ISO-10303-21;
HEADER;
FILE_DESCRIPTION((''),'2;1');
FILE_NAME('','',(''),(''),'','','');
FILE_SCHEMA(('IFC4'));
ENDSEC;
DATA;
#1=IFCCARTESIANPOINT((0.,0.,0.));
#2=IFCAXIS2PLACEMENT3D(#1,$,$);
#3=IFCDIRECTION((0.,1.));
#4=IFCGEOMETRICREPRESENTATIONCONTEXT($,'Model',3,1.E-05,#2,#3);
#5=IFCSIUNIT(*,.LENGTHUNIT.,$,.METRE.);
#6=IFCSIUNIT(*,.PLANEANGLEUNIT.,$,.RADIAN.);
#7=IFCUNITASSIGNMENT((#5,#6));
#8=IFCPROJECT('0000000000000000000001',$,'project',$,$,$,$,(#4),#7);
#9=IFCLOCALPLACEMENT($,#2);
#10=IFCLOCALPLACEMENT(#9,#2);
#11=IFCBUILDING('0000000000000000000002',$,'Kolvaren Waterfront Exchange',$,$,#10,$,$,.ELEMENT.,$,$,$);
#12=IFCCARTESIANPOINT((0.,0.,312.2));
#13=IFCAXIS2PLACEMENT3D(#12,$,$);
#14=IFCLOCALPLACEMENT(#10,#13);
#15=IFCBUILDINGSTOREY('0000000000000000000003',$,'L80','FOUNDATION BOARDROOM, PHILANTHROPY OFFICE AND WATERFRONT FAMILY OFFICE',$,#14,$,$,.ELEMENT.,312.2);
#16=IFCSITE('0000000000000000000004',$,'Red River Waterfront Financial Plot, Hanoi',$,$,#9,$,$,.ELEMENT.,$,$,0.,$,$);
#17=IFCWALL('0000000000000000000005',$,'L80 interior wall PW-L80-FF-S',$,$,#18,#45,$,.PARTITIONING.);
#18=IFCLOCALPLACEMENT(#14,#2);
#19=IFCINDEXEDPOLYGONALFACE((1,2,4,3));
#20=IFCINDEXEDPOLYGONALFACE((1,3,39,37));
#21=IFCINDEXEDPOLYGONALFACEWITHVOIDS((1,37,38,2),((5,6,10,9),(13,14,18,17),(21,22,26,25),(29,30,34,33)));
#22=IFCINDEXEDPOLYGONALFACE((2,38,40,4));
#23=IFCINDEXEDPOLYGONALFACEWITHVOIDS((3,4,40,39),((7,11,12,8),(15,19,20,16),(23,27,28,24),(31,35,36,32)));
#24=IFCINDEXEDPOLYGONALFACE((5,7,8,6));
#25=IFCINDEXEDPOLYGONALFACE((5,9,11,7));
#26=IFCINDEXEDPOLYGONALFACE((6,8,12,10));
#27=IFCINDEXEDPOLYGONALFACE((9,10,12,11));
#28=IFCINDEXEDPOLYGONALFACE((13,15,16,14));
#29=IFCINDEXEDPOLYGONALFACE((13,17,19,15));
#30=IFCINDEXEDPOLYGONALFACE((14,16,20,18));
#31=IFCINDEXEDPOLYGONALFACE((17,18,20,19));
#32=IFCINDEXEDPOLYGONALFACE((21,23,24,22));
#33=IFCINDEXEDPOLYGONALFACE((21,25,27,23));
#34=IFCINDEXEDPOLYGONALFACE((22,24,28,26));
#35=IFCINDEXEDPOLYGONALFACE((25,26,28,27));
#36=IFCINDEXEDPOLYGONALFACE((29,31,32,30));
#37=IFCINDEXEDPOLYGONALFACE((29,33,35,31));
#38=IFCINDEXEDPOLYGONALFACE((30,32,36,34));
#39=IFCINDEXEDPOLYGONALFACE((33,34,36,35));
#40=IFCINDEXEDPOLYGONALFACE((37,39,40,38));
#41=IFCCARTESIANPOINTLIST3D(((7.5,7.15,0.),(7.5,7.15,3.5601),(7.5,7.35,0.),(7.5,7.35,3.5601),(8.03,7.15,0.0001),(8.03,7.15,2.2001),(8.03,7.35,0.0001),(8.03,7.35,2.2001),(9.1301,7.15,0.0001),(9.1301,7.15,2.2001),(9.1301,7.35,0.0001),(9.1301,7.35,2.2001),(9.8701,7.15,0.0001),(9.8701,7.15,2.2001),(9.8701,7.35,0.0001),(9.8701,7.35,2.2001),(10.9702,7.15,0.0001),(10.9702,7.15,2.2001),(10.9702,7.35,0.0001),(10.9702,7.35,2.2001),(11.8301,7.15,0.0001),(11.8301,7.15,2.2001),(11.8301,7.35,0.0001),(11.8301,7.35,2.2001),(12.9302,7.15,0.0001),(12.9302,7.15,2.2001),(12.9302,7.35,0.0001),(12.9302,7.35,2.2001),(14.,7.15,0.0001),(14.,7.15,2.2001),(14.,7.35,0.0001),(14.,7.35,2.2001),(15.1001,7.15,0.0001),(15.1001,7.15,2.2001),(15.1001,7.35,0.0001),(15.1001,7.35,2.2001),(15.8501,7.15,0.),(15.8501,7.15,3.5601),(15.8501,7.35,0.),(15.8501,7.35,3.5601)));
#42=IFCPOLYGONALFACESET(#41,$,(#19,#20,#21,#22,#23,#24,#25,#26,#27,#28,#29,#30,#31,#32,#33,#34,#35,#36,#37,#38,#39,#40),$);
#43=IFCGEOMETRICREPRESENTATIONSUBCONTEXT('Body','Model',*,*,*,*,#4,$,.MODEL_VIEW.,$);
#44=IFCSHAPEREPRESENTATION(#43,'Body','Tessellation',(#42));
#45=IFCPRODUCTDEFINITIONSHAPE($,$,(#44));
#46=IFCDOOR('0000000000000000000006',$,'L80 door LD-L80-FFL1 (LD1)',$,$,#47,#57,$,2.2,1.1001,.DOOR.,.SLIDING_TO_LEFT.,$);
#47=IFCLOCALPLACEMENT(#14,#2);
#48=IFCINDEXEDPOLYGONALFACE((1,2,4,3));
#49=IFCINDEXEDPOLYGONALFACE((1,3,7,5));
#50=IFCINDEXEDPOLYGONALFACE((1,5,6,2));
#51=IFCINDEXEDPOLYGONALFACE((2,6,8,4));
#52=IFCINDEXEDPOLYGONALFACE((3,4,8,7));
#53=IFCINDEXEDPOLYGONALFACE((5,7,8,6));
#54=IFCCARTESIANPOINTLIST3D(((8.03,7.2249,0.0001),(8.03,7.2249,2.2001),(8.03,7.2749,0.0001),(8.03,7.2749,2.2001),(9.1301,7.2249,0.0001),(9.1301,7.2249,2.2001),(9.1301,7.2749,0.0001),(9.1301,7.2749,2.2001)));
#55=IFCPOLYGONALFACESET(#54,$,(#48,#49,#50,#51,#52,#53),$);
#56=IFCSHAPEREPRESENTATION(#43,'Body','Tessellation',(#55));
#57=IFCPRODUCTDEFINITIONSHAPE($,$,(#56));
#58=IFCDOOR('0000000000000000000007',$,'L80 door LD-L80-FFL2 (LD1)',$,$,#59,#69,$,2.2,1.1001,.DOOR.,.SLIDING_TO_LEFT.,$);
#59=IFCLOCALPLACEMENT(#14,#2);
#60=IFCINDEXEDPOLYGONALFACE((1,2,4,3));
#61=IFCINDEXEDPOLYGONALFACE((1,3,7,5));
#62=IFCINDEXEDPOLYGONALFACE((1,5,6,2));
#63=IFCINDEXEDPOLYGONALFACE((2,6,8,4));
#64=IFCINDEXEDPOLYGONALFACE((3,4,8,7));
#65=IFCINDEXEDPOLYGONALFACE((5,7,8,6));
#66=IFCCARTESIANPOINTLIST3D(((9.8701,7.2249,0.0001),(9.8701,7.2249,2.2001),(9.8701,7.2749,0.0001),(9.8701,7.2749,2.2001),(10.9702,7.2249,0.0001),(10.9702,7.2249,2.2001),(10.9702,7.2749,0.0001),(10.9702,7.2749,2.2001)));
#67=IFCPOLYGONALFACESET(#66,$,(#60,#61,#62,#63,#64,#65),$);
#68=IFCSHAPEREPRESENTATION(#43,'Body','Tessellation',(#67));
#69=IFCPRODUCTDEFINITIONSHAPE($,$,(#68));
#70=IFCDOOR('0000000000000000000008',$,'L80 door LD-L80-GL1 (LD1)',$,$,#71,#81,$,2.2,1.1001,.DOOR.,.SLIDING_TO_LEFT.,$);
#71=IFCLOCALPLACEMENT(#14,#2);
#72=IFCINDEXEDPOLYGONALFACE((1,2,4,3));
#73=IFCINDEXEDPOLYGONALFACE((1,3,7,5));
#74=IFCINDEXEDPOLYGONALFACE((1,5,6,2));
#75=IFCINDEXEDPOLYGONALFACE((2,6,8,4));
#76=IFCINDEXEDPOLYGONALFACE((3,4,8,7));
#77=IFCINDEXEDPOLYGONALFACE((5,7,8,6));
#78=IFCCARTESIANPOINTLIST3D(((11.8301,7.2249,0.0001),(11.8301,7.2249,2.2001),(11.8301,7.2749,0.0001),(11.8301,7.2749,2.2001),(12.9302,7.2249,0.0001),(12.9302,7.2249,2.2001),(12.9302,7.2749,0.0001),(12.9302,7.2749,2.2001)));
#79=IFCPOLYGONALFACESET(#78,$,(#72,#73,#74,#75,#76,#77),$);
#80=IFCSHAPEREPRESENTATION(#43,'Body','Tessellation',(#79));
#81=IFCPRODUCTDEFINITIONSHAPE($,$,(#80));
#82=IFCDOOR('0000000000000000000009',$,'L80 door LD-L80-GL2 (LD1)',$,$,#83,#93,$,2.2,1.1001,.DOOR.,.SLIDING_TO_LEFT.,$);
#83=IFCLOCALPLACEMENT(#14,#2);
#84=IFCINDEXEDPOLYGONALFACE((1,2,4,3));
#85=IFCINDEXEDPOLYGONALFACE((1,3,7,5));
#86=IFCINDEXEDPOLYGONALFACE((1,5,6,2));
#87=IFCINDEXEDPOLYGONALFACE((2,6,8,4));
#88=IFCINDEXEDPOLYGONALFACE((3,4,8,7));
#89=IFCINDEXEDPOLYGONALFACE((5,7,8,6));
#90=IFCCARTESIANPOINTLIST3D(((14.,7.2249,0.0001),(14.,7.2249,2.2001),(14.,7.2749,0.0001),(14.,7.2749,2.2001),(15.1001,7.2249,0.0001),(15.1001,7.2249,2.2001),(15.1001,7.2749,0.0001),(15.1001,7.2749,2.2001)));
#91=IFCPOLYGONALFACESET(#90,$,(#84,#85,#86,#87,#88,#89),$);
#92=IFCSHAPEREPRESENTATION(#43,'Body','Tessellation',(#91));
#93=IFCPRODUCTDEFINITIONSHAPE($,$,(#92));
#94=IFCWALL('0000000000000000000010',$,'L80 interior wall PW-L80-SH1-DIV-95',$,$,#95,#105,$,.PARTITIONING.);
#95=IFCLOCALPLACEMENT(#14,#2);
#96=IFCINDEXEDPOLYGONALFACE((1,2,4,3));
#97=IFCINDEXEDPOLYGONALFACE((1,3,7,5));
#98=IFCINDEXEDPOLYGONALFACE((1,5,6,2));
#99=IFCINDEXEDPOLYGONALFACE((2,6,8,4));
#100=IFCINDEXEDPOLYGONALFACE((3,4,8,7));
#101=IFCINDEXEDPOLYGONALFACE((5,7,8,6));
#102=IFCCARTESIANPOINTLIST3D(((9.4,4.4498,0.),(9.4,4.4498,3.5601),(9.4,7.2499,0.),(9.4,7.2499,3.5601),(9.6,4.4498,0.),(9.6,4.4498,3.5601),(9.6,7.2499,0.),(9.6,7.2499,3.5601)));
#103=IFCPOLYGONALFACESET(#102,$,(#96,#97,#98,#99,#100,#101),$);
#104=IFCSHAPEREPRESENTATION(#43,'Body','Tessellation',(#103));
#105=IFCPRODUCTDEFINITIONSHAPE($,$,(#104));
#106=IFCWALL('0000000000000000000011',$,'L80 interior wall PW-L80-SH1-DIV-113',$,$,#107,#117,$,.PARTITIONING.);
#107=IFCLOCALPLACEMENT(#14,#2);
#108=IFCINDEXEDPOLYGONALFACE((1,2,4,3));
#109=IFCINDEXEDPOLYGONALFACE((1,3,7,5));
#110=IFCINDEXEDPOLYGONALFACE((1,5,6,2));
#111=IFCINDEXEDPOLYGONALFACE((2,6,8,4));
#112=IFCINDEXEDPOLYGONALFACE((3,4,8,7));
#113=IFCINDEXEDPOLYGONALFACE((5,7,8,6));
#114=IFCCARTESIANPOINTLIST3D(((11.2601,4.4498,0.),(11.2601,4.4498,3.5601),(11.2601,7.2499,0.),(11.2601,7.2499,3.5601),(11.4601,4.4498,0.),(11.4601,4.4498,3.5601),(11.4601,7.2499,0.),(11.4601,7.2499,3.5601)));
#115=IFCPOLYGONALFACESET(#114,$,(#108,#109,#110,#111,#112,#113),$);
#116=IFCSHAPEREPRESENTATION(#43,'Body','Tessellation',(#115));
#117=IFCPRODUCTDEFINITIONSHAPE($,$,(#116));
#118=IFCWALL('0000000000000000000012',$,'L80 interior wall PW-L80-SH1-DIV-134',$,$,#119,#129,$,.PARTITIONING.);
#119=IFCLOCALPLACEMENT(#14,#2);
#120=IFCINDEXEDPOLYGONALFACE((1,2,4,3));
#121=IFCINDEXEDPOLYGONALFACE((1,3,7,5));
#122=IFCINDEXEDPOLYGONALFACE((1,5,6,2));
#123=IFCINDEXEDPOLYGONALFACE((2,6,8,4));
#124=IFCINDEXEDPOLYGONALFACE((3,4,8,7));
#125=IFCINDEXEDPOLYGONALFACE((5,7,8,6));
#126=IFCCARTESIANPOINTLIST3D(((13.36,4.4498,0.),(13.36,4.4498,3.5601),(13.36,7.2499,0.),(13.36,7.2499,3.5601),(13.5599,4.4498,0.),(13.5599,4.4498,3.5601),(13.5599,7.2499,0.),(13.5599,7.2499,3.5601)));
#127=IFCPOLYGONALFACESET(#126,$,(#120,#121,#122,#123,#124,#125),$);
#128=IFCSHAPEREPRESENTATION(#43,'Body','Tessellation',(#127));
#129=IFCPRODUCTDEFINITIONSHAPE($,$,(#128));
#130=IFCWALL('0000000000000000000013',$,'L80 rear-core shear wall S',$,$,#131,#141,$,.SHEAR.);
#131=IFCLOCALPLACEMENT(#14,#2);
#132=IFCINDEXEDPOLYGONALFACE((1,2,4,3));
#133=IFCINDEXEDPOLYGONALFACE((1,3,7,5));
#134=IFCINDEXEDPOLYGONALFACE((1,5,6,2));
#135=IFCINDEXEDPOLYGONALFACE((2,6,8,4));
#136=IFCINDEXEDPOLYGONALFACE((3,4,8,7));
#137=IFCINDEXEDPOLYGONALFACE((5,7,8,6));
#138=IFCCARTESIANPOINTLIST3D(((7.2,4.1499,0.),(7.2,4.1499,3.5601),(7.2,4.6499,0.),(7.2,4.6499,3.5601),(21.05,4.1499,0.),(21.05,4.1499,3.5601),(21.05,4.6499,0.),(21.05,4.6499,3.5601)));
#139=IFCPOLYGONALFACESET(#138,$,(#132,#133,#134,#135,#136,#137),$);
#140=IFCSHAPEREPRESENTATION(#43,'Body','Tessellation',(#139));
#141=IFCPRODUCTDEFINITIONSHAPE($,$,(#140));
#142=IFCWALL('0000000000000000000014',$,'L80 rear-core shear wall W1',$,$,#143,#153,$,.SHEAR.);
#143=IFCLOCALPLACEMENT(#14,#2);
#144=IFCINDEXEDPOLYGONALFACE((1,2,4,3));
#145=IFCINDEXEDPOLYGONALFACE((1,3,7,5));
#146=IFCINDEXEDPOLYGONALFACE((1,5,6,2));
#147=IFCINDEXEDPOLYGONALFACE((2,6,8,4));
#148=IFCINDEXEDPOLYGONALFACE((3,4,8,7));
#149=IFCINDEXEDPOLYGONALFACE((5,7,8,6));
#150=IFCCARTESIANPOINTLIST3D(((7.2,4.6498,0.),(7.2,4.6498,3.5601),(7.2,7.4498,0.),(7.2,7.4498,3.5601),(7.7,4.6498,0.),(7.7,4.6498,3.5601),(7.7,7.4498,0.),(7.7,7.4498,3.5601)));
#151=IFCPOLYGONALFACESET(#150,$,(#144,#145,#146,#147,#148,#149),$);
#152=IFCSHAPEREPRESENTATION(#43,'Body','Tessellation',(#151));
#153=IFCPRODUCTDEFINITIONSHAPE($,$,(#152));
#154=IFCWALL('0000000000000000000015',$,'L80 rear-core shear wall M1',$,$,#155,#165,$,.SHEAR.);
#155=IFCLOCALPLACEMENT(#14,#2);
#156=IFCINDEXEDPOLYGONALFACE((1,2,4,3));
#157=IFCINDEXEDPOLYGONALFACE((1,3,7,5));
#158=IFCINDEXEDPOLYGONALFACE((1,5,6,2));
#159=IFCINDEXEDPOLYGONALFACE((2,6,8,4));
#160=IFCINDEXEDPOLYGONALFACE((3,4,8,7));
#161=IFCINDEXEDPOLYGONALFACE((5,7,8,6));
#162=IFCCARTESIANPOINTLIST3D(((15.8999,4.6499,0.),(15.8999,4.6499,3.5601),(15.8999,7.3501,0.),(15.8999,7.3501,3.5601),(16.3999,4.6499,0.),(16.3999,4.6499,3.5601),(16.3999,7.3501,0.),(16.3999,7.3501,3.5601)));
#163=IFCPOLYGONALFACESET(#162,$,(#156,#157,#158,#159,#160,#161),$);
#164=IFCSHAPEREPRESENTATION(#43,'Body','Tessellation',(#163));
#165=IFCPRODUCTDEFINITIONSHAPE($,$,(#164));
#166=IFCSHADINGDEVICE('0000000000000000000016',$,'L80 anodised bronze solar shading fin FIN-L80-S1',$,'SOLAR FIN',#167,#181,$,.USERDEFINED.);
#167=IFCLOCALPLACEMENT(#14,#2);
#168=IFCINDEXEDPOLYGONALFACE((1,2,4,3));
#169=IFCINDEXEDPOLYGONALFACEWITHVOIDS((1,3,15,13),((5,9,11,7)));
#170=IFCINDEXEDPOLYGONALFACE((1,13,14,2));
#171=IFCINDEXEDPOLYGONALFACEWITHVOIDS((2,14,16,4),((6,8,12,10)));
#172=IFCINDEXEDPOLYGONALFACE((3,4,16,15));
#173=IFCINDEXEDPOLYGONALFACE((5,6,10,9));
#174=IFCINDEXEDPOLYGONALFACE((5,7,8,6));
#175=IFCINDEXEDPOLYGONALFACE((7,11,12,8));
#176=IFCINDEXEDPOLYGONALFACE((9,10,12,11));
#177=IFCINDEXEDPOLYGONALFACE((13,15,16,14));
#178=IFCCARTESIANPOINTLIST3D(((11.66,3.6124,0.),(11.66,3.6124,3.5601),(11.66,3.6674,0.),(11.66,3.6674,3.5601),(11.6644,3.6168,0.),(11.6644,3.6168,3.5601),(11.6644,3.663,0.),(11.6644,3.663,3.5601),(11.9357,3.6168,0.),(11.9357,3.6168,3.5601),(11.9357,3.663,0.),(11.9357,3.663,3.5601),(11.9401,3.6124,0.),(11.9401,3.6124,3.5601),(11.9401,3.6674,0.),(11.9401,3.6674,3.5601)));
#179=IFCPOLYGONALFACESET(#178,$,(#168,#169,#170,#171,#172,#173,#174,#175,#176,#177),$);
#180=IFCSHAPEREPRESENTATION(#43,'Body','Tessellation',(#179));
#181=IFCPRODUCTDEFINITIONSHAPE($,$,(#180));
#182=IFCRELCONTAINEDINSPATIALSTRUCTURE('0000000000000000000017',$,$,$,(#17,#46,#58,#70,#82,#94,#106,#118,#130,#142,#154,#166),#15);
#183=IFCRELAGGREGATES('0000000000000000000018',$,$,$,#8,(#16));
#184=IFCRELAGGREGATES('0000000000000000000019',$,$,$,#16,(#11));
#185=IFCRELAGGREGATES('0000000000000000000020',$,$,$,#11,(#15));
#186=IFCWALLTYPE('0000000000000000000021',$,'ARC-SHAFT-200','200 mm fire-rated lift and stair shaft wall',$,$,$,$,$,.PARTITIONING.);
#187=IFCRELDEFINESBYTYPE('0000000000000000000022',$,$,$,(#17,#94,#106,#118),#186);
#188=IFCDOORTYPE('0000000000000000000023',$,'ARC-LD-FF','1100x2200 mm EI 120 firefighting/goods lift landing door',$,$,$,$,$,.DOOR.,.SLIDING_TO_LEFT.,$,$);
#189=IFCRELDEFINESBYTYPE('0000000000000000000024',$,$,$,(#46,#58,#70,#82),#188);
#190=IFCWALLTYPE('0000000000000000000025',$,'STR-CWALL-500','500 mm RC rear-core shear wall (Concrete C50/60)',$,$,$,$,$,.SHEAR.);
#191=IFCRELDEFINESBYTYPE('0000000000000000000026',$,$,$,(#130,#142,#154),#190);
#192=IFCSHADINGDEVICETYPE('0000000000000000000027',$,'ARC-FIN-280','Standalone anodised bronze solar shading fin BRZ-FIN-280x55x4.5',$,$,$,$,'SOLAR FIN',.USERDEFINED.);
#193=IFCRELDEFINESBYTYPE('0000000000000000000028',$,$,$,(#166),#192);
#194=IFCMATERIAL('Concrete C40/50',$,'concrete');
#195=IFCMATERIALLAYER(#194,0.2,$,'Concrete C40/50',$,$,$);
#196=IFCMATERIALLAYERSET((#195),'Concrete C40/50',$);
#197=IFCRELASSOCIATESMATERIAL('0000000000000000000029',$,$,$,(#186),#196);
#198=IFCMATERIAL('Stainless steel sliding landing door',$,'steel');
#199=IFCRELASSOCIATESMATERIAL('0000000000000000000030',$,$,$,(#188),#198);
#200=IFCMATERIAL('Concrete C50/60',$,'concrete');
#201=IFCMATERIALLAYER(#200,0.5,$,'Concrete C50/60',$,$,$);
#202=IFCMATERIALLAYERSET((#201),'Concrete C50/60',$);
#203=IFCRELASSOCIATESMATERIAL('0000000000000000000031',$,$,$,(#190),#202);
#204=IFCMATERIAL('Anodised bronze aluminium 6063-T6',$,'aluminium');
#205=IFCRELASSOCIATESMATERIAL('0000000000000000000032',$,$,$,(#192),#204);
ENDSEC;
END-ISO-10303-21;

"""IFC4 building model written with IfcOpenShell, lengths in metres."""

from ifc_helpers import new_model, si_unit, direction, frame, frame_2d, origin, origin_2d, place, context, subcontext, project, spatial, rectangle, hollow_rectangle, extrude, material, layer, layer_set, material_profile, profile_set, type_object, element, fill, save


model = new_model("IFC4")

# Units and contexts
model_context = context("Model", 3, precision=1e-05, world=origin(), true_north=direction((0.0, 1.0)))
body_context = subcontext(model_context, "Body", "Model", "MODEL_VIEW")
ifc_project = project(units=[si_unit("LENGTHUNIT", "METRE"), si_unit("PLANEANGLEUNIT", "RADIAN")], contexts=[model_context])

# Site, building, storey
site_placement = place(None, origin())
site = spatial("IfcSite", under=ifc_project, at=site_placement, Name="Red River Waterfront Financial Plot, Hanoi", CompositionType="ELEMENT", RefElevation=0.0)
building_placement = place(site_placement, origin())
building = spatial("IfcBuilding", under=site, at=building_placement, Name="Kolvaren Waterfront Exchange", CompositionType="ELEMENT")
storey_placement = place(building_placement, frame((0.0, 0.0, 312.2)))
storey = spatial("IfcBuildingStorey", under=building, at=storey_placement, Name="L80", Description="FOUNDATION BOARDROOM, PHILANTHROPY OFFICE AND WATERFRONT FAMILY OFFICE", CompositionType="ELEMENT", Elevation=312.2)

# Shared definitions
ifc_material_1 = material(Name="Concrete C50/60", Category="concrete")

# Shared definitions
ifc_material_2 = material(Name="Anodised bronze aluminium 6063-T6", Category="aluminium")

# Wall, openings, doors
ifc_material_3 = material(Name="Concrete C40/50", Category="concrete")
ifc_layer_1 = layer(ifc_material_3, 0.2, Name="Concrete C40/50")
ifc_layer_set_1 = layer_set([ifc_layer_1], Name="Concrete C40/50")
wall_type_1 = type_object("IfcWallType", Name="ARC-SHAFT-200", Description="200 mm fire-rated lift and stair shaft wall", PredefinedType="PARTITIONING", material=ifc_layer_set_1)
wall_1_placement = place(storey_placement, frame((7.5, 7.25, 0.0), z_axis=(0.0, 0.0, 1.0), x_axis=(1.0, 0.0, 0.0)))
wall_1 = element("IfcWall", 1, at=wall_1_placement, inside=storey, type_object=wall_type_1, Name="L80 interior wall PW-L80-FF-S", PredefinedType="PARTITIONING", context=body_context, shape_type="SweptSolid", body=[
    extrude(rectangle(XDim=8.3501, YDim=0.2, at=frame_2d((4.175, 0.0))), origin(), (0.0, 0.0, 1.0), 3.5601),
])
opening_1_placement = place(wall_1_placement, frame((0.53, 0.0, 0.0)))
opening_1 = element("IfcOpeningElement", 2, at=opening_1_placement, cuts=wall_1, PredefinedType="OPENING", context=body_context, shape_type="SweptSolid", body=[
    extrude(rectangle(XDim=1.1001, YDim=2.2, at=frame_2d((0.55, 1.1001))), frame((0.0, 0.1099, 0.0), z_axis=(0.0, -1.0, 0.0), x_axis=(1.0, 0.0, 0.0)), (0.0, 0.0, 1.0), 0.22),
])
opening_2_placement = place(wall_1_placement, frame((2.3701, 0.0, 0.0)))
opening_2 = element("IfcOpeningElement", 3, at=opening_2_placement, cuts=wall_1, PredefinedType="OPENING", context=body_context, shape_type="SweptSolid", body=[
    extrude(rectangle(XDim=1.1001, YDim=2.2, at=frame_2d((0.55, 1.1001))), frame((0.0, 0.1099, 0.0), z_axis=(0.0, -1.0, 0.0), x_axis=(1.0, 0.0, 0.0)), (0.0, 0.0, 1.0), 0.22),
])
opening_3_placement = place(wall_1_placement, frame((4.3301, 0.0, 0.0)))
opening_3 = element("IfcOpeningElement", 4, at=opening_3_placement, cuts=wall_1, PredefinedType="OPENING", context=body_context, shape_type="SweptSolid", body=[
    extrude(rectangle(XDim=1.1001, YDim=2.2, at=frame_2d((0.55, 1.1001))), frame((0.0, 0.1099, 0.0), z_axis=(0.0, -1.0, 0.0), x_axis=(1.0, 0.0, 0.0)), (0.0, 0.0, 1.0), 0.22),
])
opening_4_placement = place(wall_1_placement, frame((6.5, 0.0, 0.0)))
opening_4 = element("IfcOpeningElement", 5, at=opening_4_placement, cuts=wall_1, PredefinedType="OPENING", context=body_context, shape_type="SweptSolid", body=[
    extrude(rectangle(XDim=1.1001, YDim=2.2, at=frame_2d((0.55, 1.1001))), frame((0.0, 0.1099, 0.0), z_axis=(0.0, -1.0, 0.0), x_axis=(1.0, 0.0, 0.0)), (0.0, 0.0, 1.0), 0.22),
])
ifc_material_4 = material(Name="Stainless steel sliding landing door", Category="steel")
door_type = type_object("IfcDoorType", Name="ARC-LD-FF", Description="1100x2200 mm EI 120 firefighting/goods lift landing door", OperationType="SLIDING_TO_LEFT", PredefinedType="DOOR", material=ifc_material_4)
door_1_placement = place(opening_1_placement, origin())
door_1 = element("IfcDoor", 6, at=door_1_placement, inside=storey, type_object=door_type, Name="L80 door LD-L80-FFL1 (LD1)", OperationType="SLIDING_TO_LEFT", OverallHeight=2.2, OverallWidth=1.1001, PredefinedType="DOOR", context=body_context, shape_type="SweptSolid", body=[
    extrude(rectangle(XDim=1.1001, YDim=2.2, at=frame_2d((0.55, 1.1001))), frame((0.0, 0.0249, 0.0), z_axis=(0.0, -1.0, 0.0), x_axis=(1.0, 0.0, 0.0)), (0.0, 0.0, 1.0), 0.05),
])
fill(opening_1, door_1)
door_2_placement = place(opening_2_placement, origin())
door_2 = element("IfcDoor", 7, at=door_2_placement, inside=storey, type_object=door_type, Name="L80 door LD-L80-FFL2 (LD1)", OperationType="SLIDING_TO_LEFT", OverallHeight=2.2, OverallWidth=1.1001, PredefinedType="DOOR", context=body_context, shape_type="SweptSolid", body=[
    extrude(rectangle(XDim=1.1001, YDim=2.2, at=frame_2d((0.55, 1.1001))), frame((0.0, 0.0249, 0.0), z_axis=(0.0, -1.0, 0.0), x_axis=(1.0, 0.0, 0.0)), (0.0, 0.0, 1.0), 0.05),
])
fill(opening_2, door_2)
door_3_placement = place(opening_3_placement, origin())
door_3 = element("IfcDoor", 8, at=door_3_placement, inside=storey, type_object=door_type, Name="L80 door LD-L80-GL1 (LD1)", OperationType="SLIDING_TO_LEFT", OverallHeight=2.2, OverallWidth=1.1001, PredefinedType="DOOR", context=body_context, shape_type="SweptSolid", body=[
    extrude(rectangle(XDim=1.1001, YDim=2.2, at=frame_2d((0.55, 1.1001))), frame((0.0, 0.0249, 0.0), z_axis=(0.0, -1.0, 0.0), x_axis=(1.0, 0.0, 0.0)), (0.0, 0.0, 1.0), 0.05),
])
fill(opening_3, door_3)
door_4_placement = place(opening_4_placement, origin())
door_4 = element("IfcDoor", 9, at=door_4_placement, inside=storey, type_object=door_type, Name="L80 door LD-L80-GL2 (LD1)", OperationType="SLIDING_TO_LEFT", OverallHeight=2.2, OverallWidth=1.1001, PredefinedType="DOOR", context=body_context, shape_type="SweptSolid", body=[
    extrude(rectangle(XDim=1.1001, YDim=2.2, at=frame_2d((0.55, 1.1001))), frame((0.0, 0.0249, 0.0), z_axis=(0.0, -1.0, 0.0), x_axis=(1.0, 0.0, 0.0)), (0.0, 0.0, 1.0), 0.05),
])
fill(opening_4, door_4)

# Walls
for number, where, z_axis, x_axis, name in (
    (10, (9.5, 4.45, 0.0), (0.0, 0.0, 1.0), (0.0, 1.0, 0.0), "L80 interior wall PW-L80-SH1-DIV-95"),
    (11, (11.3601, 4.45, 0.0), (0.0, 0.0, 1.0), (0.0, 1.0, 0.0), "L80 interior wall PW-L80-SH1-DIV-113"),
    (12, (13.46, 4.45, 0.0), (0.0, 0.0, 1.0), (0.0, 1.0, 0.0), "L80 interior wall PW-L80-SH1-DIV-134"),
):
    element("IfcWall", number, at=place(storey_placement, frame(where, z_axis=z_axis, x_axis=x_axis)), inside=storey, type_object=wall_type_1, Name=name, PredefinedType="PARTITIONING", context=body_context, shape_type="SweptSolid", body=[
        extrude(rectangle(XDim=2.8, YDim=0.2, at=frame_2d((1.3999, 0.0))), origin(), (0.0, 0.0, 1.0), 3.5601),
    ])
ifc_layer_2 = layer(ifc_material_1, 0.5, Name="Concrete C50/60")
ifc_layer_set_2 = layer_set([ifc_layer_2], Name="Concrete C50/60")
wall_type_2 = type_object("IfcWallType", Name="STR-CWALL-500", Description="500 mm RC rear-core shear wall (Concrete C50/60)", PredefinedType="SHEAR", material=ifc_layer_set_2)
wall_2_placement = place(storey_placement, frame((7.2, 4.3999, 0.0), z_axis=(0.0, 0.0, 1.0), x_axis=(1.0, 0.0, 0.0)))
element("IfcWall", 13, at=wall_2_placement, inside=storey, type_object=wall_type_2, Name="L80 rear-core shear wall S", PredefinedType="SHEAR", context=body_context, shape_type="SweptSolid", body=[
    extrude(rectangle(XDim=13.8501, YDim=0.5, at=frame_2d((6.925, 0.0))), origin(), (0.0, 0.0, 1.0), 3.5601),
])
wall_3_placement = place(storey_placement, frame((7.45, 4.6499, 0.0), z_axis=(0.0, 0.0, 1.0), x_axis=(0.0, 1.0, 0.0)))
element("IfcWall", 14, at=wall_3_placement, inside=storey, type_object=wall_type_2, Name="L80 rear-core shear wall W1", PredefinedType="SHEAR", context=body_context, shape_type="SweptSolid", body=[
    extrude(rectangle(XDim=2.8, YDim=0.5, at=frame_2d((1.3999, 0.0))), origin(), (0.0, 0.0, 1.0), 3.5601),
])
wall_4_placement = place(storey_placement, frame((16.1499, 4.6499, 0.0), z_axis=(0.0, 0.0, 1.0), x_axis=(0.0, 1.0, 0.0)))
element("IfcWall", 15, at=wall_4_placement, inside=storey, type_object=wall_type_2, Name="L80 rear-core shear wall M1", PredefinedType="SHEAR", context=body_context, shape_type="SweptSolid", body=[
    extrude(rectangle(XDim=2.7002, YDim=0.5, at=frame_2d((1.3501, 0.0))), origin(), (0.0, 0.0, 1.0), 3.5601),
])

# Shading device
ifc_material_profile_1 = material_profile(ifc_material_2, hollow_rectangle(XDim=0.0549, YDim=0.28, WallThickness=0.0044, at=origin_2d()), Name="BRZ-FIN-280x55x4.5")
ifc_profile_set_1 = profile_set([ifc_material_profile_1], Name="Anodised bronze aluminium 6063-T6")
shading_device_type = type_object("IfcShadingDeviceType", Name="ARC-FIN-280", Description="Standalone anodised bronze solar shading fin BRZ-FIN-280x55x4.5", ElementType="SOLAR FIN", PredefinedType="USERDEFINED", material=ifc_profile_set_1)
shading_device_placement = place(storey_placement, frame((11.8, 3.6399, 0.0), z_axis=(0.0, 0.0, 1.0), x_axis=(0.0, -1.0, 0.0)))
element("IfcShadingDevice", 16, at=shading_device_placement, inside=storey, type_object=shading_device_type, Name="L80 anodised bronze solar shading fin FIN-L80-S1", ObjectType="SOLAR FIN", PredefinedType="USERDEFINED", context=body_context, shape_type="SweptSolid", body=[
    extrude(hollow_rectangle(XDim=0.0549, YDim=0.28, WallThickness=0.0044, at=origin_2d()), origin(), (0.0, 0.0, 1.0), 3.5601),
])

save(model, "model.ifc")
